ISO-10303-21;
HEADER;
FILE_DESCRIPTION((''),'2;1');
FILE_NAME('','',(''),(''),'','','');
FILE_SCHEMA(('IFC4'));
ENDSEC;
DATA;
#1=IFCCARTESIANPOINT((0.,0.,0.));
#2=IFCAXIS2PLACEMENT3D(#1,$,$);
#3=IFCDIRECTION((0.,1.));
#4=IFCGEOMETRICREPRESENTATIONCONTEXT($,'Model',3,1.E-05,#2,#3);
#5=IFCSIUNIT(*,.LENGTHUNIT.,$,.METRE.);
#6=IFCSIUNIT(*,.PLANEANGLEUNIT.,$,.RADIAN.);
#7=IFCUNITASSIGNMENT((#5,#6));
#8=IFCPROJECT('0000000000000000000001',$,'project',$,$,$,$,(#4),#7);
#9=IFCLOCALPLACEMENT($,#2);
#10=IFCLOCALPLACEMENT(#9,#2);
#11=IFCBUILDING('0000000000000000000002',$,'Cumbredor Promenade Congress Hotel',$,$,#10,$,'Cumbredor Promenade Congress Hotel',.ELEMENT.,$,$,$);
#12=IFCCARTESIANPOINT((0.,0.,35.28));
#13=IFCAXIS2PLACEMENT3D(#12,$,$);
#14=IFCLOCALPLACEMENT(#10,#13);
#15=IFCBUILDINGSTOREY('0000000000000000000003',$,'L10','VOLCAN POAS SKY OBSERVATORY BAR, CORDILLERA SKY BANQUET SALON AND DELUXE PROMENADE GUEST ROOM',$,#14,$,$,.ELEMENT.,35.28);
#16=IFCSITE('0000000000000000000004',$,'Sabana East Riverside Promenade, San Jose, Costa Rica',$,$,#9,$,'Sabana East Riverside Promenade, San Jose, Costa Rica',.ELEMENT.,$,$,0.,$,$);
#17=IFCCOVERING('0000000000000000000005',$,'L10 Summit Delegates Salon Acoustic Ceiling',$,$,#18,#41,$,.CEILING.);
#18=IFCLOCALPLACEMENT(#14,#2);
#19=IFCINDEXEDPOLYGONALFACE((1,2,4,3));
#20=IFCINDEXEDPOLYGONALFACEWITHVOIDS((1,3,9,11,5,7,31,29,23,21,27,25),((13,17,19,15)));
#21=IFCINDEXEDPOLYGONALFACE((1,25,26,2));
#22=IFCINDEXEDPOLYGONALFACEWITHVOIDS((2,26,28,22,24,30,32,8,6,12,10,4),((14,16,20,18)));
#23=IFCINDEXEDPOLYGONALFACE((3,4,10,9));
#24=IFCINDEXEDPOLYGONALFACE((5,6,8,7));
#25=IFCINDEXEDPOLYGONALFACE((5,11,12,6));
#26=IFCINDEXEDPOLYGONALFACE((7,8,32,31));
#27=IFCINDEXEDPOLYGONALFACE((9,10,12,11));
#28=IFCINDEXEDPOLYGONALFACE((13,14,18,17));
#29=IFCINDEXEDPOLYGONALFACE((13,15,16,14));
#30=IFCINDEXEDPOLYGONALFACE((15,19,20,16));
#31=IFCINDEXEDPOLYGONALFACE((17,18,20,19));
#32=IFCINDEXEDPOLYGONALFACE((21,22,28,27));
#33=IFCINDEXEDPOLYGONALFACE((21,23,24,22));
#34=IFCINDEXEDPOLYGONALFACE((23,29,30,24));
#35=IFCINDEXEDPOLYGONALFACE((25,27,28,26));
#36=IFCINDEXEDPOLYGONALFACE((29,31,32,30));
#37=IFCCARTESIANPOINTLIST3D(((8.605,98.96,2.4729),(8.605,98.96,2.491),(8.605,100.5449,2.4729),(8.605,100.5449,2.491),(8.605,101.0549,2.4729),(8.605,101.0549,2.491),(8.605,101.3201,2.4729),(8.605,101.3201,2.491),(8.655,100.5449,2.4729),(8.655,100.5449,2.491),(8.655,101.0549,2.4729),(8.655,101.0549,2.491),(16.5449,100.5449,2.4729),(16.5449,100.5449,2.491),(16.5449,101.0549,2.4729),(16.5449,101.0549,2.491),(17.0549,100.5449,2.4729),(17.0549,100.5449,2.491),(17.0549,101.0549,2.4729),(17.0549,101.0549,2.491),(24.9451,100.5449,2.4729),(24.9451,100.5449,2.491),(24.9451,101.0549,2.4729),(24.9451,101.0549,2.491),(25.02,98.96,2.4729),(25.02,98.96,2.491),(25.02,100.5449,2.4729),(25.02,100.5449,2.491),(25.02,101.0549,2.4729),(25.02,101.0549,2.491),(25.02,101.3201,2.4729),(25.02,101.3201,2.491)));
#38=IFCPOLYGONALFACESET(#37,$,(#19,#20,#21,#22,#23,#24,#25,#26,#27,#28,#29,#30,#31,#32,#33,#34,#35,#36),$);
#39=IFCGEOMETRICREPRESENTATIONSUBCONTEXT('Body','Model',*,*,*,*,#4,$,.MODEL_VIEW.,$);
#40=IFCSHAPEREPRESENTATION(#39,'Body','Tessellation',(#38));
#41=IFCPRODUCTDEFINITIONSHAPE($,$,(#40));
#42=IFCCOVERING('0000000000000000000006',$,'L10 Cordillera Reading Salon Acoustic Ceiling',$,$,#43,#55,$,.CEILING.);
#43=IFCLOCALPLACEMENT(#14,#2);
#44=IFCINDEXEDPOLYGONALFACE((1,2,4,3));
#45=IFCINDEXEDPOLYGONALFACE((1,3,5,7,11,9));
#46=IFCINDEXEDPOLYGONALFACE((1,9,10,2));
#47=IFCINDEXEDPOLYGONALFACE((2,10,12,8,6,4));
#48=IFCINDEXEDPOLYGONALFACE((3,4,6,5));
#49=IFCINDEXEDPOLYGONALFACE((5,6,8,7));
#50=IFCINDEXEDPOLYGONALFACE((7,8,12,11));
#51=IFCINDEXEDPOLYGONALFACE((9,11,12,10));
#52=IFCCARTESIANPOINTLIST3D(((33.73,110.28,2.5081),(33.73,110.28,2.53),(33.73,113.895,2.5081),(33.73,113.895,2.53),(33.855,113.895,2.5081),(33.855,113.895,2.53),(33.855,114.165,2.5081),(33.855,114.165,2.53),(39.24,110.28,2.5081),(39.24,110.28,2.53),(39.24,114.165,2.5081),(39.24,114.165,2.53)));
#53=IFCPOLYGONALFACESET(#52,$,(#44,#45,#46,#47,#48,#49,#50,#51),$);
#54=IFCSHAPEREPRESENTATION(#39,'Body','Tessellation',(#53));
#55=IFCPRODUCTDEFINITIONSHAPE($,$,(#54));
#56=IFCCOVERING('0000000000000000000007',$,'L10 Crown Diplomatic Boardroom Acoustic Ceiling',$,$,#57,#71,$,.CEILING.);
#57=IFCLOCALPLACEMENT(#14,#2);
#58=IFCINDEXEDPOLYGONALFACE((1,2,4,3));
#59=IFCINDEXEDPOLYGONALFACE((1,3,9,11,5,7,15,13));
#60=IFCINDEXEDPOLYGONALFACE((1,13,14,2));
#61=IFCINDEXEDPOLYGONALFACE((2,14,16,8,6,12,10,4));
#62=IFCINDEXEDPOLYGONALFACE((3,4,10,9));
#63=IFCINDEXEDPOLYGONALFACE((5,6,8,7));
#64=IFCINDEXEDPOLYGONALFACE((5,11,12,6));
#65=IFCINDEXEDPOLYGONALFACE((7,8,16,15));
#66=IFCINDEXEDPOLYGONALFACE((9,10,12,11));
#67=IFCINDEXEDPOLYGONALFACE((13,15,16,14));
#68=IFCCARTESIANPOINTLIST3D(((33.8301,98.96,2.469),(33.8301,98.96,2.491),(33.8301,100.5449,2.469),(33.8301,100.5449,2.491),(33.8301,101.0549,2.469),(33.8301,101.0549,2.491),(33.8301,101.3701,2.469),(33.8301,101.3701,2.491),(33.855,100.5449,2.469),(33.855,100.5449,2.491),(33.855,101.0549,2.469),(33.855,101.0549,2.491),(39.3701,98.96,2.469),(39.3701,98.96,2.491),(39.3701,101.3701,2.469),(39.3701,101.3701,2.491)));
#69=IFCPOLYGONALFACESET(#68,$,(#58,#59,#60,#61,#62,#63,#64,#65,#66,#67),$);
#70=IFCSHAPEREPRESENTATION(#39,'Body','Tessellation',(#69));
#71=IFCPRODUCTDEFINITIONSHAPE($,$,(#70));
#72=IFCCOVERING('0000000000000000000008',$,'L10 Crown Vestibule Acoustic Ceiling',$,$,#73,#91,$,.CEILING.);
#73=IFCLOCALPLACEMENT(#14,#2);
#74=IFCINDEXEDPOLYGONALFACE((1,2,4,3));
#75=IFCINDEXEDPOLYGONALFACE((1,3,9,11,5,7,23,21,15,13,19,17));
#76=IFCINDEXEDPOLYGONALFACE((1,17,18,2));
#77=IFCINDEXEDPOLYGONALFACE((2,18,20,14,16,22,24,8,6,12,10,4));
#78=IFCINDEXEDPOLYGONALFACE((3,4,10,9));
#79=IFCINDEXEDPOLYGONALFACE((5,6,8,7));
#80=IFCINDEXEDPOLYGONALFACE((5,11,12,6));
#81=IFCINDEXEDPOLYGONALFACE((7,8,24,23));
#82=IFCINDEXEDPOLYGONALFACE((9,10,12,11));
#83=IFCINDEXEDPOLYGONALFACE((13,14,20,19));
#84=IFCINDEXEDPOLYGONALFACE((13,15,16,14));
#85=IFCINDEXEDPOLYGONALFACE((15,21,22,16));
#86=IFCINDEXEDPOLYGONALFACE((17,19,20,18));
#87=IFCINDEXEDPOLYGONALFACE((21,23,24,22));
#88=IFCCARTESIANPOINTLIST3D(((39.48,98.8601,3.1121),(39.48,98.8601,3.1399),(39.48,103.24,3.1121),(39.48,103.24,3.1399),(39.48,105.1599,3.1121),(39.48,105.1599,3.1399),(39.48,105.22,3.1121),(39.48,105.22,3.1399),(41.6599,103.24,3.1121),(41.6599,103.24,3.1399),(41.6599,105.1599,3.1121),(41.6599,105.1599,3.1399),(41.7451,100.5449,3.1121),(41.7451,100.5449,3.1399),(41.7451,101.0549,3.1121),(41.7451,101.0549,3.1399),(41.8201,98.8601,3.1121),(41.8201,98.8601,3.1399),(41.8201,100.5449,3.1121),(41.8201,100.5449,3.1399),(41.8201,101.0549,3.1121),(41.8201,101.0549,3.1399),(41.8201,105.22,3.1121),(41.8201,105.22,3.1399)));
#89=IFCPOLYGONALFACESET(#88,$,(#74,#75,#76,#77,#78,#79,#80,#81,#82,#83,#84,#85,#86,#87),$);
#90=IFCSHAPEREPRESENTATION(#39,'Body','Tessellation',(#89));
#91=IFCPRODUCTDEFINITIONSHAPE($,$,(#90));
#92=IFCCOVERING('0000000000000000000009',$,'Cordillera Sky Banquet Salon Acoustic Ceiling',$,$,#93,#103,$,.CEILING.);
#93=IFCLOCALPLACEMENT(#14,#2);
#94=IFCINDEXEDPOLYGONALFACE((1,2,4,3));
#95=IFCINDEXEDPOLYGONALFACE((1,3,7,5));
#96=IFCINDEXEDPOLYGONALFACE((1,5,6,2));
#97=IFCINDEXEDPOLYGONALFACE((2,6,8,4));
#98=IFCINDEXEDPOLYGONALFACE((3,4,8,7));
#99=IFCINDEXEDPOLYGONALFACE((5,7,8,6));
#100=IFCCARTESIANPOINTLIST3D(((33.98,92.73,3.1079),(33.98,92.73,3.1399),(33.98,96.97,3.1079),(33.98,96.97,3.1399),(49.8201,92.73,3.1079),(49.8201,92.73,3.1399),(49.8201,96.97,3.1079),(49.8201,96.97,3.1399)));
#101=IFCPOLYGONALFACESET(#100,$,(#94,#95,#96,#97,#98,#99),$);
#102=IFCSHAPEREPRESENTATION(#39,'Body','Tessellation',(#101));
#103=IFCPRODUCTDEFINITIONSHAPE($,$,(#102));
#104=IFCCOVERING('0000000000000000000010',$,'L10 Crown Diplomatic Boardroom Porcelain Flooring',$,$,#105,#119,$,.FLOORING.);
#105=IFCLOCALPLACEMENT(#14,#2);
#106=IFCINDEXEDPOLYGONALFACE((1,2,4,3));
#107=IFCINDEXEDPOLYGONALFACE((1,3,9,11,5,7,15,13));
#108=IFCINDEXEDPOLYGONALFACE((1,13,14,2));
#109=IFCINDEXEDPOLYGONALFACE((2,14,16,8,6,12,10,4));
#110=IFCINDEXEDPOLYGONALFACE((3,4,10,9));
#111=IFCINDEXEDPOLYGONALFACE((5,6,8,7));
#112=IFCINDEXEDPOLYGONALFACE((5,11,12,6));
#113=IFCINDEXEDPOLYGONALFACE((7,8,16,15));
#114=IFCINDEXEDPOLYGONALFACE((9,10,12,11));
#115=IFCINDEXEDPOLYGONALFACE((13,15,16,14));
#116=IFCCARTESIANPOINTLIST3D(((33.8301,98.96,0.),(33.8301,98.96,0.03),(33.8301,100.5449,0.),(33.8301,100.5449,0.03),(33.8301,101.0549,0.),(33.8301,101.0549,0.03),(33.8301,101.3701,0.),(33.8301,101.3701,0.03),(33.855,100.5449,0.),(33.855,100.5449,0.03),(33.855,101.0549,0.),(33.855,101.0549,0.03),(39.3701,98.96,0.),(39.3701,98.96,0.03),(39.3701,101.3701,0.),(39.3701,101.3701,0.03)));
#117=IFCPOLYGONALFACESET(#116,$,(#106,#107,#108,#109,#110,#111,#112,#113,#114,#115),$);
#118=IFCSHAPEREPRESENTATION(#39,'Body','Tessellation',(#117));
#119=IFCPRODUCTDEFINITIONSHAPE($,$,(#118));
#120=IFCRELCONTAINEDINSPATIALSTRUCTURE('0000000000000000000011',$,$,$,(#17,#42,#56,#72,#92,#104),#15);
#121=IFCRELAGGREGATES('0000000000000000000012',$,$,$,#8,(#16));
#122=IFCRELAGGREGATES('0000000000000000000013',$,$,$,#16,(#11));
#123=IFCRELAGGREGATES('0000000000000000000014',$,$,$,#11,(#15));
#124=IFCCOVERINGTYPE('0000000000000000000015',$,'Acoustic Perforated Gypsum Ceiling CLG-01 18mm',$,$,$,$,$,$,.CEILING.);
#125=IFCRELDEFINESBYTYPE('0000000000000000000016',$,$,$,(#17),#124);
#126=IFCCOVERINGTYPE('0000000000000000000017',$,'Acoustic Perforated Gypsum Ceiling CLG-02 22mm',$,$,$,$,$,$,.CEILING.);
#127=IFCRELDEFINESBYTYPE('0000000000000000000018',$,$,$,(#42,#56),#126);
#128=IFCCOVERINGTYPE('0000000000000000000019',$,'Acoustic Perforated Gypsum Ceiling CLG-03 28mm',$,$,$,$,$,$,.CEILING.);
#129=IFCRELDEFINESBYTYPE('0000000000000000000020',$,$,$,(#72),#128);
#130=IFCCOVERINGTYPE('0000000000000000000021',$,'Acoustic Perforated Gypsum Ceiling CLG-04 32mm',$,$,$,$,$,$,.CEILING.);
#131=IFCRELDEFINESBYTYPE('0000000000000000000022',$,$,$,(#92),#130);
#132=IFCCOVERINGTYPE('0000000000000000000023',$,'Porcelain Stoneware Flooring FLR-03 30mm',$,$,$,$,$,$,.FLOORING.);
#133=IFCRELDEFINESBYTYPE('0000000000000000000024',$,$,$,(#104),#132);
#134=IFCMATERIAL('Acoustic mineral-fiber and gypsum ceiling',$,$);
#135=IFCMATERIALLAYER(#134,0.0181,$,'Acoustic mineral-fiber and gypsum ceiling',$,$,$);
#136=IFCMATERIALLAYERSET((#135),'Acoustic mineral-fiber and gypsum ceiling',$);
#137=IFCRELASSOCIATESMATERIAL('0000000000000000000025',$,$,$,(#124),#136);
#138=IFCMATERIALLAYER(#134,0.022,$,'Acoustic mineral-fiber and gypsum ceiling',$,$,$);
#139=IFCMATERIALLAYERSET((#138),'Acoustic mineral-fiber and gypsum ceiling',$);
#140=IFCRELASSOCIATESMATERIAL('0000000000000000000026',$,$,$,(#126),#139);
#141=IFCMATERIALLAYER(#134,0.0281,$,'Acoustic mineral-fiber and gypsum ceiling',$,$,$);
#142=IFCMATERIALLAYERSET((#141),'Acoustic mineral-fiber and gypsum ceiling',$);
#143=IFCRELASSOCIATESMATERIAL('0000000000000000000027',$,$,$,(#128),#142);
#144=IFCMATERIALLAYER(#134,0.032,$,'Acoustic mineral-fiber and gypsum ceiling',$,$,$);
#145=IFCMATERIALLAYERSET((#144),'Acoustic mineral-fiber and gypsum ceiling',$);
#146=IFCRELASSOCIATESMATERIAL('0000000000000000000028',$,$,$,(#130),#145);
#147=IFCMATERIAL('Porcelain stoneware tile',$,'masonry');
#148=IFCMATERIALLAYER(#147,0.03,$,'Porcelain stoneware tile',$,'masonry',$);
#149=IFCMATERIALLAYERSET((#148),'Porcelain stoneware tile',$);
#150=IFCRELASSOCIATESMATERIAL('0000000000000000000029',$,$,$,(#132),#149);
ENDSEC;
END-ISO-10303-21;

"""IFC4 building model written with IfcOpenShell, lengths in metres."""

from ifc_helpers import new_model, si_unit, direction, frame, origin, place, context, subcontext, project, spatial, polyline, outline, extrude, material, layer, layer_set, type_object, element, save


model = new_model("IFC4")

# Units and contexts
model_context = context("Model", 3, precision=1e-05, world=origin(), true_north=direction((0.0, 1.0)))
body_context = subcontext(model_context, "Body", "Model", "MODEL_VIEW")
ifc_project = project(units=[si_unit("LENGTHUNIT", "METRE"), si_unit("PLANEANGLEUNIT", "RADIAN")], contexts=[model_context])

# Site, building, storey
site_placement = place(None, origin())
site = spatial("IfcSite", under=ifc_project, at=site_placement, Name="Sabana East Riverside Promenade, San Jose, Costa Rica", LongName="Sabana East Riverside Promenade, San Jose, Costa Rica", CompositionType="ELEMENT", RefElevation=0.0)
building_placement = place(site_placement, origin())
building = spatial("IfcBuilding", under=site, at=building_placement, Name="Cumbredor Promenade Congress Hotel", LongName="Cumbredor Promenade Congress Hotel", CompositionType="ELEMENT")
storey_placement = place(building_placement, frame((0.0, 0.0, 35.28)))
storey = spatial("IfcBuildingStorey", under=building, at=storey_placement, Name="L10", Description="VOLCAN POAS SKY OBSERVATORY BAR, CORDILLERA SKY BANQUET SALON AND DELUXE PROMENADE GUEST ROOM", CompositionType="ELEMENT", Elevation=35.28)

# Coverings
ifc_material_1 = material(Name="Acoustic mineral-fiber and gypsum ceiling")
ifc_layer_1 = layer(ifc_material_1, 0.0181, Name="Acoustic mineral-fiber and gypsum ceiling")
ifc_layer_set_1 = layer_set([ifc_layer_1], Name="Acoustic mineral-fiber and gypsum ceiling")
covering_type_1 = type_object("IfcCoveringType", Name="Acoustic Perforated Gypsum Ceiling CLG-01 18mm", PredefinedType="CEILING", material=ifc_layer_set_1)
covering_1_placement = place(storey_placement, frame((0.0, 0.0, 2.4729)))
element("IfcCovering", 1, at=covering_1_placement, inside=storey, type_object=covering_type_1, Name="L10 Summit Delegates Salon Acoustic Ceiling", PredefinedType="CEILING", context=body_context, shape_type="SweptSolid", body=[
    extrude(outline(polyline([(25.02, 101.0549), (24.9451, 101.0549), (24.9451, 100.5449), (25.02, 100.5449), (25.02, 98.96), (8.605, 98.96), (8.605, 100.5449), (8.655, 100.5449), (8.655, 101.0549), (8.605, 101.0549), (8.605, 101.3201), (25.02, 101.3201), (25.02, 101.0549)]), holes=[polyline([(16.5449, 101.0549), (16.5449, 100.5449), (17.0549, 100.5449), (17.0549, 101.0549), (16.5449, 101.0549)])]), origin(), (0.0, 0.0, 1.0), 0.0181),
])
ifc_layer_2 = layer(ifc_material_1, 0.022, Name="Acoustic mineral-fiber and gypsum ceiling")
ifc_layer_set_2 = layer_set([ifc_layer_2], Name="Acoustic mineral-fiber and gypsum ceiling")
covering_type_2 = type_object("IfcCoveringType", Name="Acoustic Perforated Gypsum Ceiling CLG-02 22mm", PredefinedType="CEILING", material=ifc_layer_set_2)
covering_2_placement = place(storey_placement, frame((0.0, 0.0, 2.5081)))
element("IfcCovering", 2, at=covering_2_placement, inside=storey, type_object=covering_type_2, Name="L10 Cordillera Reading Salon Acoustic Ceiling", PredefinedType="CEILING", context=body_context, shape_type="SweptSolid", body=[
    extrude(outline(polyline([(39.24, 114.165), (39.24, 110.28), (33.73, 110.28), (33.73, 113.895), (33.855, 113.895), (33.855, 114.165), (39.24, 114.165)])), origin(), (0.0, 0.0, 1.0), 0.022),
])
covering_3_placement = place(storey_placement, frame((0.0, 0.0, 2.469)))
element("IfcCovering", 3, at=covering_3_placement, inside=storey, type_object=covering_type_2, Name="L10 Crown Diplomatic Boardroom Acoustic Ceiling", PredefinedType="CEILING", context=body_context, shape_type="SweptSolid", body=[
    extrude(outline(polyline([(33.8301, 101.3701), (39.3701, 101.3701), (39.3701, 98.96), (33.8301, 98.96), (33.8301, 100.5449), (33.855, 100.5449), (33.855, 101.0549), (33.8301, 101.0549), (33.8301, 101.3701)])), origin(), (0.0, 0.0, 1.0), 0.022),
])
ifc_layer_3 = layer(ifc_material_1, 0.0281, Name="Acoustic mineral-fiber and gypsum ceiling")
ifc_layer_set_3 = layer_set([ifc_layer_3], Name="Acoustic mineral-fiber and gypsum ceiling")
covering_type_3 = type_object("IfcCoveringType", Name="Acoustic Perforated Gypsum Ceiling CLG-03 28mm", PredefinedType="CEILING", material=ifc_layer_set_3)
covering_4_placement = place(storey_placement, frame((0.0, 0.0, 3.1121)))
element("IfcCovering", 4, at=covering_4_placement, inside=storey, type_object=covering_type_3, Name="L10 Crown Vestibule Acoustic Ceiling", PredefinedType="CEILING", context=body_context, shape_type="SweptSolid", body=[
    extrude(outline(polyline([(41.8201, 105.22), (41.8201, 101.0549), (41.7451, 101.0549), (41.7451, 100.5449), (41.8201, 100.5449), (41.8201, 98.8601), (39.48, 98.8601), (39.48, 103.24), (41.6599, 103.24), (41.6599, 105.1599), (39.48, 105.1599), (39.48, 105.22), (41.8201, 105.22)])), origin(), (0.0, 0.0, 1.0), 0.0278),
])
ifc_layer_4 = layer(ifc_material_1, 0.032, Name="Acoustic mineral-fiber and gypsum ceiling")
ifc_layer_set_4 = layer_set([ifc_layer_4], Name="Acoustic mineral-fiber and gypsum ceiling")
covering_type_4 = type_object("IfcCoveringType", Name="Acoustic Perforated Gypsum Ceiling CLG-04 32mm", PredefinedType="CEILING", material=ifc_layer_set_4)
covering_5_placement = place(storey_placement, frame((0.0, 0.0, 3.1079)))
element("IfcCovering", 5, at=covering_5_placement, inside=storey, type_object=covering_type_4, Name="Cordillera Sky Banquet Salon Acoustic Ceiling", PredefinedType="CEILING", context=body_context, shape_type="SweptSolid", body=[
    extrude(outline(polyline([(49.8201, 92.73), (49.8201, 96.97), (33.98, 96.97), (33.98, 92.73), (49.8201, 92.73)])), origin(), (0.0, 0.0, 1.0), 0.032),
])
ifc_material_2 = material(Name="Porcelain stoneware tile", Category="masonry")
ifc_layer_5 = layer(ifc_material_2, 0.03, Name="Porcelain stoneware tile", Category="masonry")
ifc_layer_set_5 = layer_set([ifc_layer_5], Name="Porcelain stoneware tile")
covering_type_5 = type_object("IfcCoveringType", Name="Porcelain Stoneware Flooring FLR-03 30mm", PredefinedType="FLOORING", material=ifc_layer_set_5)
covering_6_placement = place(storey_placement, origin())
element("IfcCovering", 6, at=covering_6_placement, inside=storey, type_object=covering_type_5, Name="L10 Crown Diplomatic Boardroom Porcelain Flooring", PredefinedType="FLOORING", context=body_context, shape_type="SweptSolid", body=[
    extrude(outline(polyline([(33.8301, 101.3701), (39.3701, 101.3701), (39.3701, 98.96), (33.8301, 98.96), (33.8301, 100.5449), (33.855, 100.5449), (33.855, 101.0549), (33.8301, 101.0549), (33.8301, 101.3701)])), origin(), (0.0, 0.0, 1.0), 0.03),
])

save(model, "model.ifc")
